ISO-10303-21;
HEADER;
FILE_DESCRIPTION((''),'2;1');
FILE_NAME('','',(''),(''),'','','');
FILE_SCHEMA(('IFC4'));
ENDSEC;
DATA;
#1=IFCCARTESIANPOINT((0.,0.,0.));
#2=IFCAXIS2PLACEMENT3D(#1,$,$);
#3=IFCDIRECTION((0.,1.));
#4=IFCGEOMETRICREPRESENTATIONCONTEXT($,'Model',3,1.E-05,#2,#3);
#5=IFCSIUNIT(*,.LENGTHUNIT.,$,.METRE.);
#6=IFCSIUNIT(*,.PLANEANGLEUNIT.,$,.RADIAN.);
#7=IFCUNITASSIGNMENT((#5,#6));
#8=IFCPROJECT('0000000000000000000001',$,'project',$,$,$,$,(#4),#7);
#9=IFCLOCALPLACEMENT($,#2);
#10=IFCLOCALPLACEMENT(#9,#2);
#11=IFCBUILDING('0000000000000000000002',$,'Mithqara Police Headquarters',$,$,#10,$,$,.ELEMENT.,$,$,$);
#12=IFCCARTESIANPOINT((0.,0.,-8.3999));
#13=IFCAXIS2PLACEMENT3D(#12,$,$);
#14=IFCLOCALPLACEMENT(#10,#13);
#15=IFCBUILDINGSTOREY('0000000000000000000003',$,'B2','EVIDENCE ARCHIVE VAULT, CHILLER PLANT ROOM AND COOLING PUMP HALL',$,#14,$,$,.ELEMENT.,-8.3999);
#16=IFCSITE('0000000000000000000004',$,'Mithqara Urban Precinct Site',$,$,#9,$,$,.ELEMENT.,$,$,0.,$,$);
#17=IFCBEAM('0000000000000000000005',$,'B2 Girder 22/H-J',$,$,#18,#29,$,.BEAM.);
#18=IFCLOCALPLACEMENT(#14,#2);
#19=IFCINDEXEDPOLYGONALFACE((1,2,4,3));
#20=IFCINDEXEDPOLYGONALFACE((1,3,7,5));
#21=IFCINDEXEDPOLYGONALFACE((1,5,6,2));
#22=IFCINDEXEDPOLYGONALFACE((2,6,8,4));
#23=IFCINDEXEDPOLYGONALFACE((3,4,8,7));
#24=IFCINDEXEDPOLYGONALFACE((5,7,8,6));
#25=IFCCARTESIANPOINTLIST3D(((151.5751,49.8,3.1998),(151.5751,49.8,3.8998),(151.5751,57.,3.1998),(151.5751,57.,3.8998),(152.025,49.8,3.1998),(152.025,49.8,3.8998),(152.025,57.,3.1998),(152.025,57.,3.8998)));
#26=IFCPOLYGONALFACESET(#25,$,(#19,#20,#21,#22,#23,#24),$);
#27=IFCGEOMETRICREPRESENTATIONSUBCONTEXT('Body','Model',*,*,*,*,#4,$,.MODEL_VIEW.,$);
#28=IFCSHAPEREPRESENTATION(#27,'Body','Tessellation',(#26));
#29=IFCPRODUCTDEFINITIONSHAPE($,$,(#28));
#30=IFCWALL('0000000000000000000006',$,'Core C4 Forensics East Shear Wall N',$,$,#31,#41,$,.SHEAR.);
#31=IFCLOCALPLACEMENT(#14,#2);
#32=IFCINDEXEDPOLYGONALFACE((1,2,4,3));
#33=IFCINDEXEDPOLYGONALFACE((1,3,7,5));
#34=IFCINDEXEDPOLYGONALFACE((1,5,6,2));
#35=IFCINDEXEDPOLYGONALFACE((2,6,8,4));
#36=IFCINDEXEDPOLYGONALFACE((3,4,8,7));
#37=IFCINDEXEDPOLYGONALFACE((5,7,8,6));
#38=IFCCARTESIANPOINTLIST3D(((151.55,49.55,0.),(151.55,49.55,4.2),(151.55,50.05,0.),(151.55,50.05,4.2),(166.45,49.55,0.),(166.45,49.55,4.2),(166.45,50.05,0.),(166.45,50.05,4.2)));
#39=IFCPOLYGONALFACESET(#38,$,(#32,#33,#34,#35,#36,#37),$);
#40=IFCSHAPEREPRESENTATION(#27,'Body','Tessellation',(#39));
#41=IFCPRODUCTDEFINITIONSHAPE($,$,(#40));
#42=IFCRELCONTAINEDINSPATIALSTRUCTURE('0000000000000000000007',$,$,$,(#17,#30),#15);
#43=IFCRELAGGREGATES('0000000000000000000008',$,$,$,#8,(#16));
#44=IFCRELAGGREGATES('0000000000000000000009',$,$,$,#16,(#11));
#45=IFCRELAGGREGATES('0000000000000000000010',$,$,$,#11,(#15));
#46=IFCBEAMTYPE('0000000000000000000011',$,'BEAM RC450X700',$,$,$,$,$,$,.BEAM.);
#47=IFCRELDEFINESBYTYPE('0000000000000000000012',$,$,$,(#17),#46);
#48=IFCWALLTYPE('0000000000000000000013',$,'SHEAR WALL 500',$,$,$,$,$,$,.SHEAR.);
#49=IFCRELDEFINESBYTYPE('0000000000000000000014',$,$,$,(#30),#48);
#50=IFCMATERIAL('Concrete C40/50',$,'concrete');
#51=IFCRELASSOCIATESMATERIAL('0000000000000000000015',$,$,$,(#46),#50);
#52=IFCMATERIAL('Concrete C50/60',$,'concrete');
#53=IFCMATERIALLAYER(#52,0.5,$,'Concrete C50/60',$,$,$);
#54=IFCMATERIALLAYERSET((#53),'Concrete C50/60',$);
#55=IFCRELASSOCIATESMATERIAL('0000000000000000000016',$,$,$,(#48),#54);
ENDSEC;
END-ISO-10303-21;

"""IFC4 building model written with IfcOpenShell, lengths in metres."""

from ifc_helpers import new_model, si_unit, direction, frame, frame_2d, origin, origin_2d, place, context, subcontext, project, spatial, rectangle, extrude, material, layer, layer_set, material_profile, profile_set, type_object, element, save


model = new_model("IFC4")

# Units and contexts
model_context = context("Model", 3, precision=1e-05, world=origin(), true_north=direction((0.0, 1.0)))
body_context = subcontext(model_context, "Body", "Model", "MODEL_VIEW")
ifc_project = project(units=[si_unit("LENGTHUNIT", "METRE"), si_unit("PLANEANGLEUNIT", "RADIAN")], contexts=[model_context])

# Site, building, storey
site_placement = place(None, origin())
site = spatial("IfcSite", under=ifc_project, at=site_placement, Name="Mithqara Urban Precinct Site", CompositionType="ELEMENT", RefElevation=0.0)
building_placement = place(site_placement, origin())
building = spatial("IfcBuilding", under=site, at=building_placement, Name="Mithqara Police Headquarters", CompositionType="ELEMENT")
storey_placement = place(building_placement, frame((0.0, 0.0, -8.3999)))
storey = spatial("IfcBuildingStorey", under=building, at=storey_placement, Name="B2", Description="EVIDENCE ARCHIVE VAULT, CHILLER PLANT ROOM AND COOLING PUMP HALL", CompositionType="ELEMENT", Elevation=-8.3999)

# Shared definitions
ifc_material_1 = material(Name="Concrete C40/50", Category="concrete")

# Shared definitions
ifc_material_2 = material(Name="Concrete C50/60", Category="concrete")

# Beam
ifc_material_profile_1 = material_profile(ifc_material_1, rectangle(XDim=0.45, YDim=0.7, at=origin_2d()), Name="RC 450x700")
ifc_profile_set_1 = profile_set([ifc_material_profile_1], Name="Concrete C40/50")
beam_type_1 = type_object("IfcBeamType", Name="BEAM RC450X700", PredefinedType="BEAM", material=ifc_profile_set_1)
beam_1_placement = place(storey_placement, frame((151.8, 49.8, 3.5498), z_axis=(0.0, 1.0, 0.0), x_axis=(-1.0, 0.0, 0.0)))
element("IfcBeam", 1, at=beam_1_placement, inside=storey, type_object=beam_type_1, Name="B2 Girder 22/H-J", PredefinedType="BEAM", context=body_context, shape_type="SweptSolid", body=[
    extrude(rectangle(XDim=0.45, YDim=0.7, at=origin_2d()), origin(), (0.0, 0.0, 1.0), 7.2),
])

# Wall
ifc_layer_1 = layer(ifc_material_2, 0.5, Name="Concrete C50/60")
ifc_layer_set_1 = layer_set([ifc_layer_1], Name="Concrete C50/60")
wall_type_1 = type_object("IfcWallType", Name="SHEAR WALL 500", PredefinedType="SHEAR", material=ifc_layer_set_1)
wall_1_placement = place(storey_placement, frame((151.55, 49.8, 0.0), z_axis=(0.0, 0.0, 1.0), x_axis=(1.0, 0.0, 0.0)))
element("IfcWall", 2, at=wall_1_placement, inside=storey, type_object=wall_type_1, Name="Core C4 Forensics East Shear Wall N", PredefinedType="SHEAR", context=body_context, shape_type="SweptSolid", body=[
    extrude(rectangle(XDim=14.8999, YDim=0.5, at=frame_2d((7.45, 0.0))), origin(), (0.0, 0.0, 1.0), 4.2),
])

save(model, "model.ifc")
